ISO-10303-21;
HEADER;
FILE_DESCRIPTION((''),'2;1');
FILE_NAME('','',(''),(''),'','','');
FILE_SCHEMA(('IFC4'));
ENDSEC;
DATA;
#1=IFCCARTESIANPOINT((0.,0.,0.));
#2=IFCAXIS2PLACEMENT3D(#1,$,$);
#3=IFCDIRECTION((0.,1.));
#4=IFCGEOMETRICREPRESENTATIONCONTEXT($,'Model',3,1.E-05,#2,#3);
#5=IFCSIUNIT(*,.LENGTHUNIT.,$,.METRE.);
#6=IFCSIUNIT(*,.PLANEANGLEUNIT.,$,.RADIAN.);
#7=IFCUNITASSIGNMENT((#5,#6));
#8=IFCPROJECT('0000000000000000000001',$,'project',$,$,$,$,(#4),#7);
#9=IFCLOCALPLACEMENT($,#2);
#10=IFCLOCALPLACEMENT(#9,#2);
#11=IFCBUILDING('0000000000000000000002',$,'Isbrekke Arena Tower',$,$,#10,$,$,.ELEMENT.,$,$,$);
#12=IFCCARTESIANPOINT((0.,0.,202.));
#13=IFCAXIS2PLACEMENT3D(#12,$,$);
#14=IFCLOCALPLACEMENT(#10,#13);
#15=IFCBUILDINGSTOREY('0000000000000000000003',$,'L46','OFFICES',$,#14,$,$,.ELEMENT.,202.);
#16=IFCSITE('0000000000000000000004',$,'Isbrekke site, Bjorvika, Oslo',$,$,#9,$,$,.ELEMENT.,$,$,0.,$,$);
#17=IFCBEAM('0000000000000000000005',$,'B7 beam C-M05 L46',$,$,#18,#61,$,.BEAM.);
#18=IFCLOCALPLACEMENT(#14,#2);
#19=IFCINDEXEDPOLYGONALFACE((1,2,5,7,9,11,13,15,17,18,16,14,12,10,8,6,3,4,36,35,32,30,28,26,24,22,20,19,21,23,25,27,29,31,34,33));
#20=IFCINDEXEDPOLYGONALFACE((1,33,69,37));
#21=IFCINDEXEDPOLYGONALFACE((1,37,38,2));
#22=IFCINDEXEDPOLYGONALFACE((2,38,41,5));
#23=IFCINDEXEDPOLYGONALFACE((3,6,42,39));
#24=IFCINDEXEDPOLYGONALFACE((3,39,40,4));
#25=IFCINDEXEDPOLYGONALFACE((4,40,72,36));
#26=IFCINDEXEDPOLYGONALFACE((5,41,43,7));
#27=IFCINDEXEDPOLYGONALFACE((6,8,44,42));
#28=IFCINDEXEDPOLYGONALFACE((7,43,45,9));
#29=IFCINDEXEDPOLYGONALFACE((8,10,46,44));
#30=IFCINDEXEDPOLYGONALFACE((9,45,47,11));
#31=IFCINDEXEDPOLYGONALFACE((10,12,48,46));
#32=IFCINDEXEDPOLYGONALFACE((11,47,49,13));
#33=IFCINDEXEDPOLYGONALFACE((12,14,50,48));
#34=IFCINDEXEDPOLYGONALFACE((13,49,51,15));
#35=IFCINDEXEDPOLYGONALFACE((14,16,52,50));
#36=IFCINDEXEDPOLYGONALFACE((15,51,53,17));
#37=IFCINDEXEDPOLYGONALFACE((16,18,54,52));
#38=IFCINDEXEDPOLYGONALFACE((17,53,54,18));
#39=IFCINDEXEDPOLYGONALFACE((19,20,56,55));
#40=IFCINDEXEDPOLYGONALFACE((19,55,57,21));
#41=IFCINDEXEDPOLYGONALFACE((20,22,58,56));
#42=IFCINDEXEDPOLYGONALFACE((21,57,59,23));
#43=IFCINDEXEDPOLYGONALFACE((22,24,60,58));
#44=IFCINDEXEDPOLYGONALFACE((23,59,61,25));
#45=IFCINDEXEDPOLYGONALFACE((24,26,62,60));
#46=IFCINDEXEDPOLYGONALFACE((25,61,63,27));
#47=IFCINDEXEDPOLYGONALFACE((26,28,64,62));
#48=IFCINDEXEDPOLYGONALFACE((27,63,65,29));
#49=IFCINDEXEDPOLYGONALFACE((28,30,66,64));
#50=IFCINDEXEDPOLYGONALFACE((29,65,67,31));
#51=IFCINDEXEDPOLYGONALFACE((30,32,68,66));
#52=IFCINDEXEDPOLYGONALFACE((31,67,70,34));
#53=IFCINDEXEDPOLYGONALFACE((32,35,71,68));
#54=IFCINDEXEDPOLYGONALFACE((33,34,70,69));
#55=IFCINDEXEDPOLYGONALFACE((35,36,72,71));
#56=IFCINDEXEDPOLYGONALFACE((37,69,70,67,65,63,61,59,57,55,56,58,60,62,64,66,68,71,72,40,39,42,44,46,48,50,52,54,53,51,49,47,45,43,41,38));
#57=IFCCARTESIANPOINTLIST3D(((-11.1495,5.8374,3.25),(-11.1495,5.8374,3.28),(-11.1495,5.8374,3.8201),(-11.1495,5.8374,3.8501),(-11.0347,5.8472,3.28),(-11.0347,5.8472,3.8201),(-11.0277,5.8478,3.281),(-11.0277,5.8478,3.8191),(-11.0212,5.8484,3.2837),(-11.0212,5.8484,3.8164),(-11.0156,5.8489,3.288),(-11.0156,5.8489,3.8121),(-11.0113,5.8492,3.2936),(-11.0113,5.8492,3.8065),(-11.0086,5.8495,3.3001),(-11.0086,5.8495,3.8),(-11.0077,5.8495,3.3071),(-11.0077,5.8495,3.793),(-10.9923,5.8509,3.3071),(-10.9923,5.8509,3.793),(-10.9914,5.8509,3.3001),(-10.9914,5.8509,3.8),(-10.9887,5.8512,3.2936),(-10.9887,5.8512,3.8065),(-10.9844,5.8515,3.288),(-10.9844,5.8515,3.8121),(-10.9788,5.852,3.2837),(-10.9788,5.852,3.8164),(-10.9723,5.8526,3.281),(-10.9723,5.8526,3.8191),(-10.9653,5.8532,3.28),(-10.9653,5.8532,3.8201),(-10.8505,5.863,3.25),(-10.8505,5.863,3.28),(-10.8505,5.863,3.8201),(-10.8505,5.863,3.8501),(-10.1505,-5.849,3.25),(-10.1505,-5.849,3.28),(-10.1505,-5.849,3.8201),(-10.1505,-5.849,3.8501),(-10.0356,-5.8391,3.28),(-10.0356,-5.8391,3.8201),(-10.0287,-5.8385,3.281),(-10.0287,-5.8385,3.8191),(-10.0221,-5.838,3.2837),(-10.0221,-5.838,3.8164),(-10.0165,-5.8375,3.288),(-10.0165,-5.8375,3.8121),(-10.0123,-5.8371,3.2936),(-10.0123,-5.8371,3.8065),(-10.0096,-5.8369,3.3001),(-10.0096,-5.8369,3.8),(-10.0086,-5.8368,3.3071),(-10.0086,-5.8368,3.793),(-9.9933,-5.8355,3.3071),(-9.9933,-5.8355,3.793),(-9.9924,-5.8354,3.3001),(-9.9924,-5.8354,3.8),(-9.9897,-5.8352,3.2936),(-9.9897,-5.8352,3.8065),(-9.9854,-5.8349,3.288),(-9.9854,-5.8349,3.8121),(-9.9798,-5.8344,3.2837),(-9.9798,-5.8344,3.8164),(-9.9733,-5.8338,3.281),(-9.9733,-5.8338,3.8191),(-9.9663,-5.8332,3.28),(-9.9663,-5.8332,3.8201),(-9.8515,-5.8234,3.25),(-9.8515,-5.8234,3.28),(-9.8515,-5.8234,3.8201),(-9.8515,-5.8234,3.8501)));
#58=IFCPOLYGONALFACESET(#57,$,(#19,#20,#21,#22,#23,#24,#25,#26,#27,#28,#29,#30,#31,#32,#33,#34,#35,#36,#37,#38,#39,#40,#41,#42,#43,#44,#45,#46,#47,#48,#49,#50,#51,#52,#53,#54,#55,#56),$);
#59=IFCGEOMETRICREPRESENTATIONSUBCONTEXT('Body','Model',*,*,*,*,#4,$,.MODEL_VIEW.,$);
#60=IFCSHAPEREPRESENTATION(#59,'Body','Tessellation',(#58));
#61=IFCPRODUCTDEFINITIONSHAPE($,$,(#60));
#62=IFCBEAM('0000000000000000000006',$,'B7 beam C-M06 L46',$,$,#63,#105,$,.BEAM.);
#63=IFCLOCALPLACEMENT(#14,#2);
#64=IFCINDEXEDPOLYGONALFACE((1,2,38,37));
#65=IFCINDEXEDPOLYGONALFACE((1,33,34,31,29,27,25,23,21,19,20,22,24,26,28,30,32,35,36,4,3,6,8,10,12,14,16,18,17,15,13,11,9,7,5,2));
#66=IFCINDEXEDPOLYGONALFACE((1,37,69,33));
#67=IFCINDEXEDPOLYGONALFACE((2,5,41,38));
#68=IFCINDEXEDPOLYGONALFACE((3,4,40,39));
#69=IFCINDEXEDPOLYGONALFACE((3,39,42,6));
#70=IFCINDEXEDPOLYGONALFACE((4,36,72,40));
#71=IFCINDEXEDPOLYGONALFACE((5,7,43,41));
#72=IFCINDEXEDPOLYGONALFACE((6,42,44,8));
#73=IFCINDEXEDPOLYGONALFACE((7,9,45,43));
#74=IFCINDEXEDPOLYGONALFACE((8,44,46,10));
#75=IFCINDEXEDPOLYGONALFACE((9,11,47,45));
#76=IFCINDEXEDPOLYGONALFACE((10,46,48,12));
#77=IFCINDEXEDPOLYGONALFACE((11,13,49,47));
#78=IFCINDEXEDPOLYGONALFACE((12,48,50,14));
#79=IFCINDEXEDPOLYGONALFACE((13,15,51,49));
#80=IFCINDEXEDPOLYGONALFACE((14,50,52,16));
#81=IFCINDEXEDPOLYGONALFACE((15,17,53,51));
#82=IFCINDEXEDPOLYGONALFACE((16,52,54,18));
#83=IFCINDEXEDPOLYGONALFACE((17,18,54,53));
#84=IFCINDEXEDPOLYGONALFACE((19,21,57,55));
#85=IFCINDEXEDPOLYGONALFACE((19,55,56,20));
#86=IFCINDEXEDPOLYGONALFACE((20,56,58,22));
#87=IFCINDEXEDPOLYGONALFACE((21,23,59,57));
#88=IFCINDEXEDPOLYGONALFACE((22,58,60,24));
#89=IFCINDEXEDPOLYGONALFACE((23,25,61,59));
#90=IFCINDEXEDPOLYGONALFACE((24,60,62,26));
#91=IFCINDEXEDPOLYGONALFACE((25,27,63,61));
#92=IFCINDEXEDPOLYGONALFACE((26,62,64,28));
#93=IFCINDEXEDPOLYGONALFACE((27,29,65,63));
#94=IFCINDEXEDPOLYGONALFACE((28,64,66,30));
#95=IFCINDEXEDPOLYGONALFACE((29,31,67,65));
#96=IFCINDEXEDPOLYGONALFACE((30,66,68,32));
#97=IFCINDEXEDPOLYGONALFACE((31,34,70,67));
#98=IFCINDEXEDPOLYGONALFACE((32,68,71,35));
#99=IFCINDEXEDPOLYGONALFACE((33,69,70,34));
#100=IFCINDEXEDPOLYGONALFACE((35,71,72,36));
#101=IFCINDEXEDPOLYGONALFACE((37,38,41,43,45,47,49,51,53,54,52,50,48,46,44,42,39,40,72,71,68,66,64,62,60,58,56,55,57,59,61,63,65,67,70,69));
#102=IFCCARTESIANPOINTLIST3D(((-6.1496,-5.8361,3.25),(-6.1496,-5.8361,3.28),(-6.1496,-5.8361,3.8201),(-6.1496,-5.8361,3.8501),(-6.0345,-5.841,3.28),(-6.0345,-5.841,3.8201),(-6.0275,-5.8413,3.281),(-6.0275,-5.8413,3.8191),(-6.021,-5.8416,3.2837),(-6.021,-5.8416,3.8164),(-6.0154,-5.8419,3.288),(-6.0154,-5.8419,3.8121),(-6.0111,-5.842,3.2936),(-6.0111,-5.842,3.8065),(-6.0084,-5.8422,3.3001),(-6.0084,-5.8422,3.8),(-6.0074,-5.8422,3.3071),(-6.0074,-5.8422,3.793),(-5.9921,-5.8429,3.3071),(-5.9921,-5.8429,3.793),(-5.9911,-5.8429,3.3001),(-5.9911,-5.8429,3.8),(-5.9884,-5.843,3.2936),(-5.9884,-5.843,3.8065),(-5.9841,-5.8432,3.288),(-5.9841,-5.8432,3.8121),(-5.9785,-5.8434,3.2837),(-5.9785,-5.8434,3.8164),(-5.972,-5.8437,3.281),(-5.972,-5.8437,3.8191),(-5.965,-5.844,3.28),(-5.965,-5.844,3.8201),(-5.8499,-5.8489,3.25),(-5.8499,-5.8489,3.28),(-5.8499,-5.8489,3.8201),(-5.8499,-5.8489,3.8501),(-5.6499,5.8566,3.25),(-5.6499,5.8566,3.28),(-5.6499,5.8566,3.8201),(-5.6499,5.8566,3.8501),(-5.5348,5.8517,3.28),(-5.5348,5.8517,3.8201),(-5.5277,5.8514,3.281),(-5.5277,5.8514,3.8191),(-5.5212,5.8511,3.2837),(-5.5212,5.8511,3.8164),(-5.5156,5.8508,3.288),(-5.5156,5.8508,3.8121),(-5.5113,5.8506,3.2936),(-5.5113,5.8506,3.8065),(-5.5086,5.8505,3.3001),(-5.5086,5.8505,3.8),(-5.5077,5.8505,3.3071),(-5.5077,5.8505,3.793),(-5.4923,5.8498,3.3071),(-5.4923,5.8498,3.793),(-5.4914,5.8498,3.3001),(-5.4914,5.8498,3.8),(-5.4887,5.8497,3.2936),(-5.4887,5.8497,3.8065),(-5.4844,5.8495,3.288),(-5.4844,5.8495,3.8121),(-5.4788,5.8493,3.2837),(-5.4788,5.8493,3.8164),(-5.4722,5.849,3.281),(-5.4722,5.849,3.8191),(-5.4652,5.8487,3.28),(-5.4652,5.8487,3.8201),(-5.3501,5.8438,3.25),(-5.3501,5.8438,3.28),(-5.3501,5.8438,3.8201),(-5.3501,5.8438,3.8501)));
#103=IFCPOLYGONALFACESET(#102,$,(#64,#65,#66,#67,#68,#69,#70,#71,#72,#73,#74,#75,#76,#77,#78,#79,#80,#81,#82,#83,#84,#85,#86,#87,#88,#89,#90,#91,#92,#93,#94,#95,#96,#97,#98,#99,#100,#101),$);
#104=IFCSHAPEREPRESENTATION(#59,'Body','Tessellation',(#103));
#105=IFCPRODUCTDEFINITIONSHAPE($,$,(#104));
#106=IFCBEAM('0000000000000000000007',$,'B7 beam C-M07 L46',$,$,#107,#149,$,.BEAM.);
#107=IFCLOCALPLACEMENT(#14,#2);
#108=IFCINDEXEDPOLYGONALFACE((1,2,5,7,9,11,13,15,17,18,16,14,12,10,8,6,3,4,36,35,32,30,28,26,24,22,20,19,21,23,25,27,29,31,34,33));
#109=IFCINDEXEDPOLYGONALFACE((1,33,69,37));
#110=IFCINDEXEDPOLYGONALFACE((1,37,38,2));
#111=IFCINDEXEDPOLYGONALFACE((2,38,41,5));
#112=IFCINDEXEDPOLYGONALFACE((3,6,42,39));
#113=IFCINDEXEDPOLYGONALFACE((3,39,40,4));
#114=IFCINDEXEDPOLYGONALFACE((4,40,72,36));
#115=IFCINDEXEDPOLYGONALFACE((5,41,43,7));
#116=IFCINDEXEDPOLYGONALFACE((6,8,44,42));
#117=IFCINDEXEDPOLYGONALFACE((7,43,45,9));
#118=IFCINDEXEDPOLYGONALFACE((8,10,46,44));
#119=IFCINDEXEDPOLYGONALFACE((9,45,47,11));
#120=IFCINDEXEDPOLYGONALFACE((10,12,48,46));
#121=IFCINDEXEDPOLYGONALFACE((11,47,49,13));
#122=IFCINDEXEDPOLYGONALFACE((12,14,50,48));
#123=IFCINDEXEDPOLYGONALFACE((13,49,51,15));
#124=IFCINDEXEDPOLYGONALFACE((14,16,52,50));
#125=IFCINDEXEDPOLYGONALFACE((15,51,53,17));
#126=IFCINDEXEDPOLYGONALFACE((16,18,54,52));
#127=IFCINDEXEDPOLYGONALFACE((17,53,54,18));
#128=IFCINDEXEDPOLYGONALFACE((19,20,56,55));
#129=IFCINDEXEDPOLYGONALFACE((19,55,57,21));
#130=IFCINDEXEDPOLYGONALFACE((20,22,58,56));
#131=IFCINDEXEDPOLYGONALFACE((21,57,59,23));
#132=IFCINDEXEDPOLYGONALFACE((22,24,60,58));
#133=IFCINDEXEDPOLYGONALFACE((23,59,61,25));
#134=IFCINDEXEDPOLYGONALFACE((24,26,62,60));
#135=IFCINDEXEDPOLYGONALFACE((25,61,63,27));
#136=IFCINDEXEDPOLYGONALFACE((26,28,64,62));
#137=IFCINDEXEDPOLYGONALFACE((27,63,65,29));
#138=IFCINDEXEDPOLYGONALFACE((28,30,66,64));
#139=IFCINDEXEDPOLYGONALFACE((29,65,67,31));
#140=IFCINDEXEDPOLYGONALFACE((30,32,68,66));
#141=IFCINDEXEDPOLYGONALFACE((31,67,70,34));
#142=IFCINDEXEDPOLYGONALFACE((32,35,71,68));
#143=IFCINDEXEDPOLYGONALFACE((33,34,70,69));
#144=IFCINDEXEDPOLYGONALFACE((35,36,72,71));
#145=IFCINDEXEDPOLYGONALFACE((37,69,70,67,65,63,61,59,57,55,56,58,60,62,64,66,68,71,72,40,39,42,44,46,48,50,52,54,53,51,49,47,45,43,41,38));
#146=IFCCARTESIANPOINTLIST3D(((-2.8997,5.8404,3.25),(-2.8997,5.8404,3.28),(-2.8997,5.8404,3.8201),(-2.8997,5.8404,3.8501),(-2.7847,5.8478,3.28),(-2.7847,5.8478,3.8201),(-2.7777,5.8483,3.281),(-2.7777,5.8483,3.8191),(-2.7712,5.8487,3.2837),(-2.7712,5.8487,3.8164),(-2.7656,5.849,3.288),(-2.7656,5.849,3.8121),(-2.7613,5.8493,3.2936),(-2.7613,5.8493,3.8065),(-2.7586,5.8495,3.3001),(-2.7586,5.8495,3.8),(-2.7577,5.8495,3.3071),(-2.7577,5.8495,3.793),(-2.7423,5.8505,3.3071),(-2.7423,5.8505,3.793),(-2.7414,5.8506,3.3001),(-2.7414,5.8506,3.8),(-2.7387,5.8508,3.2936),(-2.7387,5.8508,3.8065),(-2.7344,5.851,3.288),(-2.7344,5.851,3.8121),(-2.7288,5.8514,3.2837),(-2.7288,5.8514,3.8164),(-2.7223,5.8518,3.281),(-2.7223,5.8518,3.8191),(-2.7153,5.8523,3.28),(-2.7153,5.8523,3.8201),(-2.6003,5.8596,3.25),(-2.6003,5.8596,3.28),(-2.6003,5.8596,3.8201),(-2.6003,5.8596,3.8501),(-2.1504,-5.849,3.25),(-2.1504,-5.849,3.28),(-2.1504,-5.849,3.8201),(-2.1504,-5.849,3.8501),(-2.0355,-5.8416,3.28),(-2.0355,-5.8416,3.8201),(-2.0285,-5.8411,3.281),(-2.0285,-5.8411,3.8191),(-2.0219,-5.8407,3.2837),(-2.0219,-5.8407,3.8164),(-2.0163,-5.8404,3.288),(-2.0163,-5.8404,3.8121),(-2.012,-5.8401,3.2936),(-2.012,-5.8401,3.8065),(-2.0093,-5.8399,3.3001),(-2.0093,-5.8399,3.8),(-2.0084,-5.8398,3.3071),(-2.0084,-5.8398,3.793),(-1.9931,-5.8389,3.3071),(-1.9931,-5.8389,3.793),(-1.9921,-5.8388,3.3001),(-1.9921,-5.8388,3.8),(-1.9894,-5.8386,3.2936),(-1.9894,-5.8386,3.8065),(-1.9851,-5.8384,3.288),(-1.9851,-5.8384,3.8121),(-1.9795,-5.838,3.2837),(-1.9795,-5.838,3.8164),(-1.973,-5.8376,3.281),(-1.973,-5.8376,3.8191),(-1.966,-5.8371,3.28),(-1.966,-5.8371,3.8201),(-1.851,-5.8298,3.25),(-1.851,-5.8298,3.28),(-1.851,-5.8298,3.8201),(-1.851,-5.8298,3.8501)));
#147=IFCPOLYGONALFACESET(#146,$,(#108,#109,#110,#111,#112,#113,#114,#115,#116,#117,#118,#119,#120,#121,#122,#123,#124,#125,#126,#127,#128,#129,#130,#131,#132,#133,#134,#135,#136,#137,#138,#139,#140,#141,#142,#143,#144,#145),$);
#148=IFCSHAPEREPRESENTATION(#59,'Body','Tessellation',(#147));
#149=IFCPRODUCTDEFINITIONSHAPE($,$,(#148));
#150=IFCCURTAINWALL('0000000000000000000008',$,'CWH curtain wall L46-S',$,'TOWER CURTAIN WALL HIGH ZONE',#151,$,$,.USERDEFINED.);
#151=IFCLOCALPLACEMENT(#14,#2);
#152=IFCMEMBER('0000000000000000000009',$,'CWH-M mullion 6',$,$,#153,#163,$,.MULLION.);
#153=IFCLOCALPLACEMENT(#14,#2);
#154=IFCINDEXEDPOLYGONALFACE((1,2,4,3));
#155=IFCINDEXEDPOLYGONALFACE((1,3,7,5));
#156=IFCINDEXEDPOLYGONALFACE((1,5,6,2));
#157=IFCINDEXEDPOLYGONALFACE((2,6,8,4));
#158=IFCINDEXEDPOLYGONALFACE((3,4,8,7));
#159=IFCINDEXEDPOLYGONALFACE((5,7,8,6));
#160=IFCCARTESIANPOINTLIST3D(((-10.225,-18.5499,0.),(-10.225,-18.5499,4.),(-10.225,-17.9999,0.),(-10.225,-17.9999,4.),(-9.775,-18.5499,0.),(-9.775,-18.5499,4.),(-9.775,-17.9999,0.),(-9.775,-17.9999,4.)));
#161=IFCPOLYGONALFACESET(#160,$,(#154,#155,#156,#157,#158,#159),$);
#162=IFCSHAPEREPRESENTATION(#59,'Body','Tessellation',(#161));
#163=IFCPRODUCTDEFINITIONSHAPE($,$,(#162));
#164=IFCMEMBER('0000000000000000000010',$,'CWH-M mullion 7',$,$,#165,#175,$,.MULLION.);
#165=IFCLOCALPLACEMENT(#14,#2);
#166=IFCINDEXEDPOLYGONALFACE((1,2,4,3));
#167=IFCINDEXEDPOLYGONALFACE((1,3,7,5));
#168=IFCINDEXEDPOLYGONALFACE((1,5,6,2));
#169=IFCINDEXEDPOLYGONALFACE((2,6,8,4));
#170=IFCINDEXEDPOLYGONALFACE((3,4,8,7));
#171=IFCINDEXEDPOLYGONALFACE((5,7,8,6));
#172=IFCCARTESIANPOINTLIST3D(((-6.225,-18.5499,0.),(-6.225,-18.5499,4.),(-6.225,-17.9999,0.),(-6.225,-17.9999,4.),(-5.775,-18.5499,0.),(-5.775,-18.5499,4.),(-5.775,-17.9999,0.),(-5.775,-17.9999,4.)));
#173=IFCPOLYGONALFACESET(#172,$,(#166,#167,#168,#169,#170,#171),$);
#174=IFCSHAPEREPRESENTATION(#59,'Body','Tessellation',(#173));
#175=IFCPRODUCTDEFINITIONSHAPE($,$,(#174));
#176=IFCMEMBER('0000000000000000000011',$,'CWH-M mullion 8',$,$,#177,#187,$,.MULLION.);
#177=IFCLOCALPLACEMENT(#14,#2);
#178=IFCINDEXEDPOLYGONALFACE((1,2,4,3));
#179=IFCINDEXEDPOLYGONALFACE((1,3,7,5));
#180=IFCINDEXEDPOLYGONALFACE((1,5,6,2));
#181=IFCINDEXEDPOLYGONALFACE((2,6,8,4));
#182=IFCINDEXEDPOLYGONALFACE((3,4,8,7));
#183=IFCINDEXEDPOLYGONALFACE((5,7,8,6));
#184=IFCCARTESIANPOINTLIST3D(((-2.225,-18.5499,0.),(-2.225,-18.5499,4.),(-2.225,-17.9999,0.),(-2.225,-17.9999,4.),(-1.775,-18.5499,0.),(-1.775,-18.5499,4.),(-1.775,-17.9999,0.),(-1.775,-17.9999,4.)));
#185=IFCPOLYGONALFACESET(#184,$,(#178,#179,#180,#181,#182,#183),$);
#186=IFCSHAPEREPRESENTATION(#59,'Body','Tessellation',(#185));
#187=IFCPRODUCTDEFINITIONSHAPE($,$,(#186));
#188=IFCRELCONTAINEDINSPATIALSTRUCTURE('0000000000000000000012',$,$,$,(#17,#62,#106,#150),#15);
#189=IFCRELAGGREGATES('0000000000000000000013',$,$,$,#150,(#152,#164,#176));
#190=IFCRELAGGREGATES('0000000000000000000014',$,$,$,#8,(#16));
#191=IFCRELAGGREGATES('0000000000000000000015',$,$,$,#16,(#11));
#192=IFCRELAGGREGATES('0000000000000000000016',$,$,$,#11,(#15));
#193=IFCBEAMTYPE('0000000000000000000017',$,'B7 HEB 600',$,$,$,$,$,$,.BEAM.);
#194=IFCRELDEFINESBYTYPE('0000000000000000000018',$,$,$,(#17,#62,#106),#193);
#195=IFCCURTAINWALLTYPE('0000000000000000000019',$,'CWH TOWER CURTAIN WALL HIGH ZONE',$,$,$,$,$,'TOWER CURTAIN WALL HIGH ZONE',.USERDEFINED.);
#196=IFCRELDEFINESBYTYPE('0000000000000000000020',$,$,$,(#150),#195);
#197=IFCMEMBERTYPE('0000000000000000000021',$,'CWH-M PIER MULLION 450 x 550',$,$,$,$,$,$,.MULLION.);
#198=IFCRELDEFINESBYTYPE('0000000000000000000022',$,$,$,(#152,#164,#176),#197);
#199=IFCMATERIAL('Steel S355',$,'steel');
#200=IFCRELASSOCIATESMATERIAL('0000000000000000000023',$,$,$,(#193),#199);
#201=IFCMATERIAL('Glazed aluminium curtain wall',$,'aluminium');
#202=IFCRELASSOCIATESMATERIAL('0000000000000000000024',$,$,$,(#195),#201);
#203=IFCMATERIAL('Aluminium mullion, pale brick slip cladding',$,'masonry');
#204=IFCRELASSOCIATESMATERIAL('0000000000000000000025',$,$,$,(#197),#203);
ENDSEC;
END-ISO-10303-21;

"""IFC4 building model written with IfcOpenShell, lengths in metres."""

from ifc_helpers import new_model, si_unit, direction, frame, origin, origin_2d, place, context, subcontext, project, spatial, rectangle, i_section, extrude, material, material_profile, profile_set, type_object, element, aggregate, save


model = new_model("IFC4")

# Units and contexts
model_context = context("Model", 3, precision=1e-05, world=origin(), true_north=direction((0.0, 1.0)))
body_context = subcontext(model_context, "Body", "Model", "MODEL_VIEW")
ifc_project = project(units=[si_unit("LENGTHUNIT", "METRE"), si_unit("PLANEANGLEUNIT", "RADIAN")], contexts=[model_context])

# Site, building, storey
site_placement = place(None, origin())
site = spatial("IfcSite", under=ifc_project, at=site_placement, Name="Isbrekke site, Bjorvika, Oslo", CompositionType="ELEMENT", RefElevation=0.0)
building_placement = place(site_placement, origin())
building = spatial("IfcBuilding", under=site, at=building_placement, Name="Isbrekke Arena Tower", CompositionType="ELEMENT")
storey_placement = place(building_placement, frame((0.0, 0.0, 202.0)))
storey = spatial("IfcBuildingStorey", under=building, at=storey_placement, Name="L46", Description="OFFICES", CompositionType="ELEMENT", Elevation=202.0)

# Beams
ifc_material_1 = material(Name="Steel S355", Category="steel")
ifc_material_profile_1 = material_profile(ifc_material_1, i_section(OverallWidth=0.3, OverallDepth=0.6001, WebThickness=0.0154, FlangeThickness=0.03, FilletRadius=0.0271, at=origin_2d()), Name="HEB 600")
ifc_profile_set_1 = profile_set([ifc_material_profile_1], Name="Steel S355")
beam_type_1 = type_object("IfcBeamType", Name="B7 HEB 600", PredefinedType="BEAM", material=ifc_profile_set_1)
beam_1_placement = place(storey_placement, frame((-10.001, -5.8362, 3.55), z_axis=(-0.085176, 0.996366, 0.0), x_axis=(-0.996366, -0.085176, 0.0)))
element("IfcBeam", 1, at=beam_1_placement, inside=storey, type_object=beam_type_1, Name="B7 beam C-M05 L46", PredefinedType="BEAM", context=body_context, shape_type="SweptSolid", body=[
    extrude(i_section(OverallWidth=0.3, OverallDepth=0.6001, WebThickness=0.0154, FlangeThickness=0.03, FilletRadius=0.0271, at=origin_2d()), origin(), (0.0, 0.0, 1.0), 11.729),
])
beam_2_placement = place(storey_placement, frame((-5.9998, -5.8425, 3.55), z_axis=(0.042702, 0.999088, 0.0), x_axis=(-0.999088, 0.042702, 0.0)))
element("IfcBeam", 2, at=beam_2_placement, inside=storey, type_object=beam_type_1, Name="B7 beam C-M06 L46", PredefinedType="BEAM", context=body_context, shape_type="SweptSolid", body=[
    extrude(i_section(OverallWidth=0.3, OverallDepth=0.6001, WebThickness=0.0154, FlangeThickness=0.03, FilletRadius=0.0271, at=origin_2d()), origin(), (0.0, 0.0, 1.0), 11.7034),
])
beam_3_placement = place(storey_placement, frame((-2.0007, -5.8394, 3.55), z_axis=(-0.063966, 0.997952, 0.0), x_axis=(-0.997952, -0.063966, 0.0)))
element("IfcBeam", 3, at=beam_3_placement, inside=storey, type_object=beam_type_1, Name="B7 beam C-M07 L46", PredefinedType="BEAM", context=body_context, shape_type="SweptSolid", body=[
    extrude(i_section(OverallWidth=0.3, OverallDepth=0.6001, WebThickness=0.0154, FlangeThickness=0.03, FilletRadius=0.0271, at=origin_2d()), origin(), (0.0, 0.0, 1.0), 11.7134),
])

# Curtain wall, members
ifc_material_2 = material(Name="Glazed aluminium curtain wall", Category="aluminium")
curtain_wall_type = type_object("IfcCurtainWallType", Name="CWH TOWER CURTAIN WALL HIGH ZONE", ElementType="TOWER CURTAIN WALL HIGH ZONE", PredefinedType="USERDEFINED", material=ifc_material_2)
curtain_wall_placement = place(storey_placement, origin())
curtain_wall = element("IfcCurtainWall", 4, at=curtain_wall_placement, inside=storey, type_object=curtain_wall_type, Name="CWH curtain wall L46-S", ObjectType="TOWER CURTAIN WALL HIGH ZONE", PredefinedType="USERDEFINED")
ifc_material_3 = material(Name="Aluminium mullion, pale brick slip cladding", Category="masonry")
ifc_material_profile_2 = material_profile(ifc_material_3, rectangle(XDim=0.45, YDim=0.55, at=origin_2d()), Name="PIER 450X550")
ifc_profile_set_2 = profile_set([ifc_material_profile_2], Name="Aluminium mullion, pale brick slip cladding")
member_type_1 = type_object("IfcMemberType", Name="CWH-M PIER MULLION 450 x 550", PredefinedType="MULLION", material=ifc_profile_set_2)
member_1_placement = place(storey_placement, frame((-10.0, -18.2749, 0.0), z_axis=(0.0, 0.0, 1.0), x_axis=(1.0, 0.0, 0.0)))
member_1 = element("IfcMember", 5, at=member_1_placement, type_object=member_type_1, Name="CWH-M mullion 6", PredefinedType="MULLION", context=body_context, shape_type="SweptSolid", body=[
    extrude(rectangle(XDim=0.45, YDim=0.55, at=origin_2d()), origin(), (0.0, 0.0, 1.0), 4.0),
])
member_2_placement = place(storey_placement, frame((-6.0, -18.2749, 0.0), z_axis=(0.0, 0.0, 1.0), x_axis=(1.0, 0.0, 0.0)))
member_2 = element("IfcMember", 6, at=member_2_placement, type_object=member_type_1, Name="CWH-M mullion 7", PredefinedType="MULLION", context=body_context, shape_type="SweptSolid", body=[
    extrude(rectangle(XDim=0.45, YDim=0.55, at=origin_2d()), origin(), (0.0, 0.0, 1.0), 4.0),
])
member_3_placement = place(storey_placement, frame((-2.0, -18.2749, 0.0), z_axis=(0.0, 0.0, 1.0), x_axis=(1.0, 0.0, 0.0)))
member_3 = element("IfcMember", 7, at=member_3_placement, type_object=member_type_1, Name="CWH-M mullion 8", PredefinedType="MULLION", context=body_context, shape_type="SweptSolid", body=[
    extrude(rectangle(XDim=0.45, YDim=0.55, at=origin_2d()), origin(), (0.0, 0.0, 1.0), 4.0),
])

aggregate(curtain_wall, [member_1, member_2, member_3])

save(model, "model.ifc")
